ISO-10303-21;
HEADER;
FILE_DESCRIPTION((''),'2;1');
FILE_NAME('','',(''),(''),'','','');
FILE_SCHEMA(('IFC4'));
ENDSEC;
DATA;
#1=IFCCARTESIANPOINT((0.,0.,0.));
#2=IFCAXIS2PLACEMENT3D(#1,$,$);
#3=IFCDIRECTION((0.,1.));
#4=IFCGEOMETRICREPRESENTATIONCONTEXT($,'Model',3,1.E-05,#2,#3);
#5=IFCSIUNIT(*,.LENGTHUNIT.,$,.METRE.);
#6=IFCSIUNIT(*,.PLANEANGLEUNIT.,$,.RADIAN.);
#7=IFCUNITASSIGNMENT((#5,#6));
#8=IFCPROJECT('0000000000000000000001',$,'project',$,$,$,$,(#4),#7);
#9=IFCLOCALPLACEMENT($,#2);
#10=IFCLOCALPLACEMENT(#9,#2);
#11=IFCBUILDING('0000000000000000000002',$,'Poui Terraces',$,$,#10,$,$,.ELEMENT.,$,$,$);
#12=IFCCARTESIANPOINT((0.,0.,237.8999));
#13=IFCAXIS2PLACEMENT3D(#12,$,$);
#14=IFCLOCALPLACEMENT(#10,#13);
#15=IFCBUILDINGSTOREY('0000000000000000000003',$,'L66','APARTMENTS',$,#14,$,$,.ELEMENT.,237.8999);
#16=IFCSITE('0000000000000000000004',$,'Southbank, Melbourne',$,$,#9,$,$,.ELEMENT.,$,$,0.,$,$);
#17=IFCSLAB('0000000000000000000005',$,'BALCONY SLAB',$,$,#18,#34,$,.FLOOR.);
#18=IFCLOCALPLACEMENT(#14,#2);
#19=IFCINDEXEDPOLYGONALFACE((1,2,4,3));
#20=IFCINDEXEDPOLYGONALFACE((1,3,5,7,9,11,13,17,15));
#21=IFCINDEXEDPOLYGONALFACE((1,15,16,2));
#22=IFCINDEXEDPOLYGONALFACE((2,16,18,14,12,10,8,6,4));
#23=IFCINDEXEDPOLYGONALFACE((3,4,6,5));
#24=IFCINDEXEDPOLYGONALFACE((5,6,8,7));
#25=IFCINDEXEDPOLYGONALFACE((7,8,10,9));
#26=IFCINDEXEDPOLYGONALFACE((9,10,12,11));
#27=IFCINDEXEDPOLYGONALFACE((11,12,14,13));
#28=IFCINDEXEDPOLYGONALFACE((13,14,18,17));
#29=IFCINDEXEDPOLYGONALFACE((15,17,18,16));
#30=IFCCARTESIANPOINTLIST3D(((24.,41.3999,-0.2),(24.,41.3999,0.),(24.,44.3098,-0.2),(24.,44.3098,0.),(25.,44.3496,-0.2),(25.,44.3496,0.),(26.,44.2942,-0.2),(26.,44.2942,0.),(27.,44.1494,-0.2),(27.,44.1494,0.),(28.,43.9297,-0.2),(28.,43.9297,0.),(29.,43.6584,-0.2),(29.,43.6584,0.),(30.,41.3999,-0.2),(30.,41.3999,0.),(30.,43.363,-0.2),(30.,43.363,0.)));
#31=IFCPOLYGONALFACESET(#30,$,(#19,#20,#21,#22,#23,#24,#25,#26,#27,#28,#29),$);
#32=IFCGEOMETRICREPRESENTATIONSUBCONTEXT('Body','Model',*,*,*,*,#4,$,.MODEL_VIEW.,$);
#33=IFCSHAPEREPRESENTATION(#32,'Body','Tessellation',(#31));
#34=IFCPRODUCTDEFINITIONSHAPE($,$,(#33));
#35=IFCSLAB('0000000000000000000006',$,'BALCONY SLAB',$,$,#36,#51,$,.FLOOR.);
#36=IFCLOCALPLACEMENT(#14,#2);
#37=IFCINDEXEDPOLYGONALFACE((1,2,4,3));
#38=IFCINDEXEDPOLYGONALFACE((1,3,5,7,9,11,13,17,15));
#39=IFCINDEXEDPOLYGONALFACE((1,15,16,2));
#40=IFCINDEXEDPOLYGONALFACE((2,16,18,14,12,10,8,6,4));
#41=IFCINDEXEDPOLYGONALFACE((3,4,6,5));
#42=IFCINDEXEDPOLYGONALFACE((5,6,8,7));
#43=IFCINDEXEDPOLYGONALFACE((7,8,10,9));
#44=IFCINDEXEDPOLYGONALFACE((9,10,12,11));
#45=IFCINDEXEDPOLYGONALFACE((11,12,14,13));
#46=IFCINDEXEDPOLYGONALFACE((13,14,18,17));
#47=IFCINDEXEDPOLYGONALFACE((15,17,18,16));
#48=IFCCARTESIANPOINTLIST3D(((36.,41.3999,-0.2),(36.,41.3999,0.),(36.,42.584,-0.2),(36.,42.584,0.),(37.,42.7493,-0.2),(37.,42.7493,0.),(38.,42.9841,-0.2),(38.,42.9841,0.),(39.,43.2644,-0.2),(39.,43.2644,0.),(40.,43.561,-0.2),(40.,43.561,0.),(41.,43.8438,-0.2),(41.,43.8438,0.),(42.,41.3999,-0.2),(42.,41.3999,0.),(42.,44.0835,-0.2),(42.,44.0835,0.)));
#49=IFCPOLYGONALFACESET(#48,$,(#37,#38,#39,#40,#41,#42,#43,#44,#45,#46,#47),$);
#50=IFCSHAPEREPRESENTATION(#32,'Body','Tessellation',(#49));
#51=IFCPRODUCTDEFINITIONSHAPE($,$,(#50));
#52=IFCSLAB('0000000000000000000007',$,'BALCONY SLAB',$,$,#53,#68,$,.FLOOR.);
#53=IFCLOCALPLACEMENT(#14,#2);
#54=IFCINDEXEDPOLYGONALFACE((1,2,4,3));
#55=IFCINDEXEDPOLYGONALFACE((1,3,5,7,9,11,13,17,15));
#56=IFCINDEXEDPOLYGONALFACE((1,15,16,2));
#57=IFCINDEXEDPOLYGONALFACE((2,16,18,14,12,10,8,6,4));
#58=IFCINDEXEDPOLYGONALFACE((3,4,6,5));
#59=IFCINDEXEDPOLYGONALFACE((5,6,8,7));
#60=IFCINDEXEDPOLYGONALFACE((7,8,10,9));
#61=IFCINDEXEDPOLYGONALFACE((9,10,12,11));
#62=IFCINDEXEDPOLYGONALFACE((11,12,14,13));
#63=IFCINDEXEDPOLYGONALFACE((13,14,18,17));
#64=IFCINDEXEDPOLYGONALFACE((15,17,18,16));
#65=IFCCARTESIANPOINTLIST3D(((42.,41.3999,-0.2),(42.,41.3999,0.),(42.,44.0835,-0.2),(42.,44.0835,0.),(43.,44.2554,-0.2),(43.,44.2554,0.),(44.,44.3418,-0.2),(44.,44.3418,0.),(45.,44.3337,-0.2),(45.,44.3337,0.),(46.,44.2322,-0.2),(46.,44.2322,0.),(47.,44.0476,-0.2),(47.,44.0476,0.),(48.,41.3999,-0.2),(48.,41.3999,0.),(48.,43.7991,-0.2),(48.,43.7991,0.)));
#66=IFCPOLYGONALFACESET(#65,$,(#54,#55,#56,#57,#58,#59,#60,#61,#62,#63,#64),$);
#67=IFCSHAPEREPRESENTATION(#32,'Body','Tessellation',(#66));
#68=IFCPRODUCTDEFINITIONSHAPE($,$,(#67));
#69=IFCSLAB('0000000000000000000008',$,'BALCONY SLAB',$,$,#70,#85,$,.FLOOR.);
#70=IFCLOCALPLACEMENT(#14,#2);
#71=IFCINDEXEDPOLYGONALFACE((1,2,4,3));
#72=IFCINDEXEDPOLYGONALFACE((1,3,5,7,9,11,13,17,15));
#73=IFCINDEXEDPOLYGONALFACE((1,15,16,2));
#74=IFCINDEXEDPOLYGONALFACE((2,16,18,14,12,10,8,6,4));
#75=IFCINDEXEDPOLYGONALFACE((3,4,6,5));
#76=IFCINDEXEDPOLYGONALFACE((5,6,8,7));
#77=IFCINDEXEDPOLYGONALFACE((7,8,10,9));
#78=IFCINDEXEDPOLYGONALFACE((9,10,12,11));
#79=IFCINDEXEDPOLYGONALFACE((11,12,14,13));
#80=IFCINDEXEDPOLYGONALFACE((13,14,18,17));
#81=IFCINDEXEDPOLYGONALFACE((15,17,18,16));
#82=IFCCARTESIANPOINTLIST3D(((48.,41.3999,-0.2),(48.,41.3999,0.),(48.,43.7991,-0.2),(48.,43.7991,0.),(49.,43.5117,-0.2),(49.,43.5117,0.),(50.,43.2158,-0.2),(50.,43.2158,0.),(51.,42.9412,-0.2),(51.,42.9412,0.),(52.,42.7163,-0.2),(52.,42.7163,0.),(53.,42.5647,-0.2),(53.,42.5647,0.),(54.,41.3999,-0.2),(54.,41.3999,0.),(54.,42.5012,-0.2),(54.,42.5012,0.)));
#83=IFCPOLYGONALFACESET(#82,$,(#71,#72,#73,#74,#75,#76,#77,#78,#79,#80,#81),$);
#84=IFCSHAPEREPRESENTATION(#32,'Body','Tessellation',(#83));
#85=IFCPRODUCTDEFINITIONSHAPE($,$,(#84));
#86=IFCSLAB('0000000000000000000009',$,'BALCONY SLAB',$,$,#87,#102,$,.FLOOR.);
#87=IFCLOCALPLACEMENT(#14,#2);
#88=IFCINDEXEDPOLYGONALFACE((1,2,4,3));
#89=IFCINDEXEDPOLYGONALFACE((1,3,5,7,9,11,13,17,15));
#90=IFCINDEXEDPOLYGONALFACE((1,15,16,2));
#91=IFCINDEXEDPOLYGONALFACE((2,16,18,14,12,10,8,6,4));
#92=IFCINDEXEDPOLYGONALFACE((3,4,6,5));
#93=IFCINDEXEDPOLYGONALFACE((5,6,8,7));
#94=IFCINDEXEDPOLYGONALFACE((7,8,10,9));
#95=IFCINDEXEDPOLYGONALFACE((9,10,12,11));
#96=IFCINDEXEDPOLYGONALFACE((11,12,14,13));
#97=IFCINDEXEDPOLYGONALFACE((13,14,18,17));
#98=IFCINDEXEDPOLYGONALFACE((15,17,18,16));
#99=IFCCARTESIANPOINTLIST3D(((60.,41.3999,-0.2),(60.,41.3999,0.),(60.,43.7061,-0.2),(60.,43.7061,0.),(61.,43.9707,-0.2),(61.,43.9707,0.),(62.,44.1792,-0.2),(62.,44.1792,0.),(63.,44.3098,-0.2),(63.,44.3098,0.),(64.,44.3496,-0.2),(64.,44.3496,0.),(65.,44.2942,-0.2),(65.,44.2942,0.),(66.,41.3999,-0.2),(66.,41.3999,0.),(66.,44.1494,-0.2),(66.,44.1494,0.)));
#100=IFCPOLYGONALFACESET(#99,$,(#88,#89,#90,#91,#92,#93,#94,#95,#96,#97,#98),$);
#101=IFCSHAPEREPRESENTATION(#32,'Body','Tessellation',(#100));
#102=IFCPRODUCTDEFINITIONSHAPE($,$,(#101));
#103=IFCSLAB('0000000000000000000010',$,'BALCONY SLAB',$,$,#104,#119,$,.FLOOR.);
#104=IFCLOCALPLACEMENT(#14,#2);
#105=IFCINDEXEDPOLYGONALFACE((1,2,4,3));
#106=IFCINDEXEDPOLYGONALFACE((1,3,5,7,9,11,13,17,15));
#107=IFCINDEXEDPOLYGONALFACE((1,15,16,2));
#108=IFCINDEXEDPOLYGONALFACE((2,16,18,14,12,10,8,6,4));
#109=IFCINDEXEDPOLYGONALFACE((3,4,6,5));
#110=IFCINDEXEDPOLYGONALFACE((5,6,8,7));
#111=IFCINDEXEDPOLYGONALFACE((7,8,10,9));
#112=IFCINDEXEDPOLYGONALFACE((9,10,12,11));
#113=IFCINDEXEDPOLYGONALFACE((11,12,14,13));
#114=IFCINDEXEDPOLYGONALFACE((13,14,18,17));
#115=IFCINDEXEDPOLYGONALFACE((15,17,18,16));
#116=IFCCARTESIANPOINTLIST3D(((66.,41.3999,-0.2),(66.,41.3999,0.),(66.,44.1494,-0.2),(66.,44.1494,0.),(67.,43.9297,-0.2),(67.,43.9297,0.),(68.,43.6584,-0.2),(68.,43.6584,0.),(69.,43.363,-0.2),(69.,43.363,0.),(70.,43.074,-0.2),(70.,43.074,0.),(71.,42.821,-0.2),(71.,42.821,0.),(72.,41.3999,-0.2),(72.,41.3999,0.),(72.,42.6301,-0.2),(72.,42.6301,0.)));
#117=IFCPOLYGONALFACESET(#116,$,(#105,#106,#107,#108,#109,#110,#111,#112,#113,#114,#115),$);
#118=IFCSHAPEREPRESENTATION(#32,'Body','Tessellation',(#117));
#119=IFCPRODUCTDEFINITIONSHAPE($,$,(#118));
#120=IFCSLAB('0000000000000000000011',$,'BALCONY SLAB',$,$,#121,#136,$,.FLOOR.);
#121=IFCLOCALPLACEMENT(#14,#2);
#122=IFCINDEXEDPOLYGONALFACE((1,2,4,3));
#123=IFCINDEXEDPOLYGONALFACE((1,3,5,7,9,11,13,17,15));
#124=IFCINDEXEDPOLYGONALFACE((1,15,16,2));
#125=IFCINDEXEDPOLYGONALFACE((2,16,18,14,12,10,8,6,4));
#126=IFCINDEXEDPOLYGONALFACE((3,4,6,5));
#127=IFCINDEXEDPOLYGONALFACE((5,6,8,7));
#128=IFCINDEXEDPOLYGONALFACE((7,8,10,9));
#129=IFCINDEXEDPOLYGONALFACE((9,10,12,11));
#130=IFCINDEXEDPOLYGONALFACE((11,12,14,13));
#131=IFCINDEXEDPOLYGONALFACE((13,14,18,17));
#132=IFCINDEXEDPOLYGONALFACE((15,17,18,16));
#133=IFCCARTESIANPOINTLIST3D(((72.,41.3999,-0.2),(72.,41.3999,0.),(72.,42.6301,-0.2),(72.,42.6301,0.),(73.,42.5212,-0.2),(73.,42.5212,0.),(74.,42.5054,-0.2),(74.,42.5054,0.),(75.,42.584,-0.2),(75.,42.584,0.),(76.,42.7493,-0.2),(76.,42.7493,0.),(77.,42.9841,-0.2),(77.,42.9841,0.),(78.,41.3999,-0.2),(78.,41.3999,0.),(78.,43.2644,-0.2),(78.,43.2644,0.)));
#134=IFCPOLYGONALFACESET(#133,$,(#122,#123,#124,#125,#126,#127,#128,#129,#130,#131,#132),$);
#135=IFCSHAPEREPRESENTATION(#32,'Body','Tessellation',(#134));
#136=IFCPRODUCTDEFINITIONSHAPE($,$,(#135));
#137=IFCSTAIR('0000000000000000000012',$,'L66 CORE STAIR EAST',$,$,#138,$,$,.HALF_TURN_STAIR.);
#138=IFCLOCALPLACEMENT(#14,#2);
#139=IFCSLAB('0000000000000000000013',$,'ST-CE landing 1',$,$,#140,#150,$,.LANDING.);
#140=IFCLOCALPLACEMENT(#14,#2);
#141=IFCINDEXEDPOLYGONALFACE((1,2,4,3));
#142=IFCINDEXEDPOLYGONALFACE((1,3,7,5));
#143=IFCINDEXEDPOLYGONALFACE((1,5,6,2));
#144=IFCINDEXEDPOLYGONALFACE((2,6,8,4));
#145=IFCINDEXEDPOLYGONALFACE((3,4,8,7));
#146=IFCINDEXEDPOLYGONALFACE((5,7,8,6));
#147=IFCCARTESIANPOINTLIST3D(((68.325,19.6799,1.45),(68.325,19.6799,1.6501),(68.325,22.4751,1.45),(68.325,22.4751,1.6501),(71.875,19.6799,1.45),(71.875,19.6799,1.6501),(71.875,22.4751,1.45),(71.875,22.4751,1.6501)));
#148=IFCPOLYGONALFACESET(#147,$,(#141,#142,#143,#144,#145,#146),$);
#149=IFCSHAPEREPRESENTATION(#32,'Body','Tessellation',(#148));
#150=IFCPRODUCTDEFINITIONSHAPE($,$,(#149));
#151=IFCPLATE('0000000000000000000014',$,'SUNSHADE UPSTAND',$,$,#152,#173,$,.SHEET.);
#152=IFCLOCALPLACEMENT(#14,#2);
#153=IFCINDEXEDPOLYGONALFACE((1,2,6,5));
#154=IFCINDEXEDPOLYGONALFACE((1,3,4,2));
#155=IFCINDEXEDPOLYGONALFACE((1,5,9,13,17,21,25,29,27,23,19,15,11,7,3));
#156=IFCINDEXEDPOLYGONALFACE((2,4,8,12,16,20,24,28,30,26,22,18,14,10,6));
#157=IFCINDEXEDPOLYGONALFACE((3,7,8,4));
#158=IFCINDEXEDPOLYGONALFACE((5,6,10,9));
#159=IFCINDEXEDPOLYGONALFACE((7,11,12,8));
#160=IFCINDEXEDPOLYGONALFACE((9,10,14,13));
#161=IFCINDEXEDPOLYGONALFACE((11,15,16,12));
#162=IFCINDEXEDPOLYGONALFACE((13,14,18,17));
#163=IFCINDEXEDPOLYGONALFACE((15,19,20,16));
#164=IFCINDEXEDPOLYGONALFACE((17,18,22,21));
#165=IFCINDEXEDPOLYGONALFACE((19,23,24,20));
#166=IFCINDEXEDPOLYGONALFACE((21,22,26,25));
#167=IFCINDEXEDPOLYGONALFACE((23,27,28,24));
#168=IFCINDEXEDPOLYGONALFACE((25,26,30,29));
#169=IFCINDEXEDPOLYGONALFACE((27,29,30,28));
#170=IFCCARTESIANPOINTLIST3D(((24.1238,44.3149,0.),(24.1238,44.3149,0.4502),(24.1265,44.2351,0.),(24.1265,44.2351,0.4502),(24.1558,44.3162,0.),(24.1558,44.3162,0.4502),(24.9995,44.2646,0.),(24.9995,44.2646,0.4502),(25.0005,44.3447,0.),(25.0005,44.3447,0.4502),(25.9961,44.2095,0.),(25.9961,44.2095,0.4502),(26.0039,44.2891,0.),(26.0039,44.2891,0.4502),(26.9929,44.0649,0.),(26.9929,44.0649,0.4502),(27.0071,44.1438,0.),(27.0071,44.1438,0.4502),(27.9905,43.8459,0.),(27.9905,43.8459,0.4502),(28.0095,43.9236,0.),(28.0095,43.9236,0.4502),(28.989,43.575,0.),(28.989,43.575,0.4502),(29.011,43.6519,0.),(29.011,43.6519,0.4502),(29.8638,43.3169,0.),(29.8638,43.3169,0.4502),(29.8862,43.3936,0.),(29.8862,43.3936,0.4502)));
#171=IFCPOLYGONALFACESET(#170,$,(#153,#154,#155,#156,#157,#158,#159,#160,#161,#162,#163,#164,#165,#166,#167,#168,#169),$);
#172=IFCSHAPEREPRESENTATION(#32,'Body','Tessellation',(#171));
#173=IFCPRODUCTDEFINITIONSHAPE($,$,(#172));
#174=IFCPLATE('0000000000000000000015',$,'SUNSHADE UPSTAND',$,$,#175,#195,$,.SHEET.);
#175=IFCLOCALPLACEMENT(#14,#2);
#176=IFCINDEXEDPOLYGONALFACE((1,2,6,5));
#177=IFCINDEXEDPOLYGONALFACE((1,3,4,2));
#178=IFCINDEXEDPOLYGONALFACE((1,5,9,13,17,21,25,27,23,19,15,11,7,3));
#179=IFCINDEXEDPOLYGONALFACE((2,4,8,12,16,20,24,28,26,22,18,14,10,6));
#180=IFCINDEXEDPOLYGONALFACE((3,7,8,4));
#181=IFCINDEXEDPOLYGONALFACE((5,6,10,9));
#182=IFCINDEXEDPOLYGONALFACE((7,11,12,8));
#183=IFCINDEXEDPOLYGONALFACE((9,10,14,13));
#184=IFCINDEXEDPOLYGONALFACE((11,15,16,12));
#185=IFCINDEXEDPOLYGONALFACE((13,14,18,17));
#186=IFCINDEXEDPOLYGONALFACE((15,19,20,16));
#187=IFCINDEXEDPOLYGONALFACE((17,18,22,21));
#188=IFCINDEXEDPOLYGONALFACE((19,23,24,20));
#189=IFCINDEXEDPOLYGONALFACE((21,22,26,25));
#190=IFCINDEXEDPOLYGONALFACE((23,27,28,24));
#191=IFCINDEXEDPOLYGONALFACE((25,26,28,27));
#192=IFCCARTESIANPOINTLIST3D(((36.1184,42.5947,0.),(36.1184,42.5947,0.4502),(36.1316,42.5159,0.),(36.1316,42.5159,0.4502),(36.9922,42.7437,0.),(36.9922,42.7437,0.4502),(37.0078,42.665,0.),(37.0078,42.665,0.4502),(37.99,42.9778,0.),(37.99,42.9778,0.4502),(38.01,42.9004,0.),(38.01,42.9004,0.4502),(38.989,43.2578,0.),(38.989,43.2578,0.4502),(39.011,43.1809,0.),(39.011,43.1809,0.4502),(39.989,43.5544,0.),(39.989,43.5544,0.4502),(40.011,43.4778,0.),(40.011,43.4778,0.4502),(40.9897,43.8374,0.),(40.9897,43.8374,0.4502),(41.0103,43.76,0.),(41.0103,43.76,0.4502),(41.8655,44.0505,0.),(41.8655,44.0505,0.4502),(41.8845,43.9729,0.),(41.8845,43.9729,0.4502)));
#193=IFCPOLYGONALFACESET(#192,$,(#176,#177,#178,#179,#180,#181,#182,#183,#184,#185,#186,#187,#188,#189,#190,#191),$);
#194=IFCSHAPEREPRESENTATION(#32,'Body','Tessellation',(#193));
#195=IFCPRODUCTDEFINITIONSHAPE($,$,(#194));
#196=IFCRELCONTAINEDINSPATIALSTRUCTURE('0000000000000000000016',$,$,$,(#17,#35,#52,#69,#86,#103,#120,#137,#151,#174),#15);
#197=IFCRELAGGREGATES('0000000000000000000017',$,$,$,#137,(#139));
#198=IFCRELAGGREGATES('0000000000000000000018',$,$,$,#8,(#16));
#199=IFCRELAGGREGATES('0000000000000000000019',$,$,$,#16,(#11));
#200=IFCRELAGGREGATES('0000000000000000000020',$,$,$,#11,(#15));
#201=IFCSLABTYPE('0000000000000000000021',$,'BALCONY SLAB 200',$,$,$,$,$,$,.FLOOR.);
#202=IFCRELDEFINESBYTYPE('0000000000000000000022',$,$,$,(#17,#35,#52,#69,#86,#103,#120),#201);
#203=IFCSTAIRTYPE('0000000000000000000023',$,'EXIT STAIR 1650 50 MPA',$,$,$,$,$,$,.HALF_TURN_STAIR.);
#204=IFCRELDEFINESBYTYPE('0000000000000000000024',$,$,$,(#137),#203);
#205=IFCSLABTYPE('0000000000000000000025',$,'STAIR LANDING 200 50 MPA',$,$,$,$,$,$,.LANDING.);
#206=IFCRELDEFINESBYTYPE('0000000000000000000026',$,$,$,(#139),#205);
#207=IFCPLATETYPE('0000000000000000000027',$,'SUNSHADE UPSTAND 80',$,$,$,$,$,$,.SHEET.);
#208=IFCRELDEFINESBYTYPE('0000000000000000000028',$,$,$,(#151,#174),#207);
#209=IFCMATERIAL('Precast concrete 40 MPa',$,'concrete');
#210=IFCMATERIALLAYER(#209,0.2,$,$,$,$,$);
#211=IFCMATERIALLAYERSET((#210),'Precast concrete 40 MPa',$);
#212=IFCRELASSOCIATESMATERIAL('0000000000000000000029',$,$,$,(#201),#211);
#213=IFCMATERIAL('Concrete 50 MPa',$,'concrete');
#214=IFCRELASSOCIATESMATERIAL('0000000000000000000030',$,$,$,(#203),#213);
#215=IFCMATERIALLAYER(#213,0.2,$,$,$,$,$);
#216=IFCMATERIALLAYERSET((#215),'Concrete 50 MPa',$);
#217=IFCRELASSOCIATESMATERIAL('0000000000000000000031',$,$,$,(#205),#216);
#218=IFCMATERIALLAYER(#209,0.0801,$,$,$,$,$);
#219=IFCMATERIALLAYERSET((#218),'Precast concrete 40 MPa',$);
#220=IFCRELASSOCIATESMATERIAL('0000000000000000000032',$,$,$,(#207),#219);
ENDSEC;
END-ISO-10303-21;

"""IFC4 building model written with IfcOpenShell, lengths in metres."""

from ifc_helpers import new_model, si_unit, direction, frame, origin, place, context, subcontext, project, spatial, polyline, outline, extrude, material, layer, layer_set, type_object, element, aggregate, save


model = new_model("IFC4")

# Units and contexts
model_context = context("Model", 3, precision=1e-05, world=origin(), true_north=direction((0.0, 1.0)))
body_context = subcontext(model_context, "Body", "Model", "MODEL_VIEW")
ifc_project = project(units=[si_unit("LENGTHUNIT", "METRE"), si_unit("PLANEANGLEUNIT", "RADIAN")], contexts=[model_context])

# Site, building, storey
site_placement = place(None, origin())
site = spatial("IfcSite", under=ifc_project, at=site_placement, Name="Southbank, Melbourne", CompositionType="ELEMENT", RefElevation=0.0)
building_placement = place(site_placement, origin())
building = spatial("IfcBuilding", under=site, at=building_placement, Name="Poui Terraces", CompositionType="ELEMENT")
storey_placement = place(building_placement, frame((0.0, 0.0, 237.8999)))
storey = spatial("IfcBuildingStorey", under=building, at=storey_placement, Name="L66", Description="APARTMENTS", CompositionType="ELEMENT", Elevation=237.8999)

# Slabs
ifc_material_1 = material(Name="Precast concrete 40 MPa", Category="concrete")
ifc_layer_1 = layer(ifc_material_1, 0.2)
ifc_layer_set_1 = layer_set([ifc_layer_1], Name="Precast concrete 40 MPa")
slab_type_1 = type_object("IfcSlabType", Name="BALCONY SLAB 200", PredefinedType="FLOOR", material=ifc_layer_set_1)
slab_1_placement = place(storey_placement, frame((0.0, 0.0, -0.2)))
element("IfcSlab", 1, at=slab_1_placement, inside=storey, type_object=slab_type_1, Name="BALCONY SLAB", PredefinedType="FLOOR", context=body_context, shape_type="SweptSolid", body=[
    extrude(outline(polyline([(24.0, 41.3999), (30.0, 41.3999), (30.0, 43.363), (29.0, 43.6584), (28.0, 43.9297), (27.0, 44.1494), (26.0, 44.2942), (25.0, 44.3496), (24.0, 44.3098), (24.0, 41.3999)])), origin(), (0.0, 0.0, 1.0), 0.2),
])
slab_2_placement = place(storey_placement, frame((0.0, 0.0, -0.2)))
element("IfcSlab", 2, at=slab_2_placement, inside=storey, type_object=slab_type_1, Name="BALCONY SLAB", PredefinedType="FLOOR", context=body_context, shape_type="SweptSolid", body=[
    extrude(outline(polyline([(36.0, 41.3999), (42.0, 41.3999), (42.0, 44.0835), (41.0, 43.8438), (40.0, 43.561), (39.0, 43.2644), (38.0, 42.9841), (37.0, 42.7493), (36.0, 42.584), (36.0, 41.3999)])), origin(), (0.0, 0.0, 1.0), 0.2),
])
slab_3_placement = place(storey_placement, frame((0.0, 0.0, -0.2)))
element("IfcSlab", 3, at=slab_3_placement, inside=storey, type_object=slab_type_1, Name="BALCONY SLAB", PredefinedType="FLOOR", context=body_context, shape_type="SweptSolid", body=[
    extrude(outline(polyline([(42.0, 41.3999), (48.0, 41.3999), (48.0, 43.7991), (47.0, 44.0476), (46.0, 44.2322), (45.0, 44.3337), (44.0, 44.3418), (43.0, 44.2554), (42.0, 44.0835), (42.0, 41.3999)])), origin(), (0.0, 0.0, 1.0), 0.2),
])
slab_4_placement = place(storey_placement, frame((0.0, 0.0, -0.2)))
element("IfcSlab", 4, at=slab_4_placement, inside=storey, type_object=slab_type_1, Name="BALCONY SLAB", PredefinedType="FLOOR", context=body_context, shape_type="SweptSolid", body=[
    extrude(outline(polyline([(48.0, 41.3999), (54.0, 41.3999), (54.0, 42.5012), (53.0, 42.5647), (52.0, 42.7163), (51.0, 42.9412), (50.0, 43.2158), (49.0, 43.5117), (48.0, 43.7991), (48.0, 41.3999)])), origin(), (0.0, 0.0, 1.0), 0.2),
])
slab_5_placement = place(storey_placement, frame((0.0, 0.0, -0.2)))
element("IfcSlab", 5, at=slab_5_placement, inside=storey, type_object=slab_type_1, Name="BALCONY SLAB", PredefinedType="FLOOR", context=body_context, shape_type="SweptSolid", body=[
    extrude(outline(polyline([(60.0, 41.3999), (66.0, 41.3999), (66.0, 44.1494), (65.0, 44.2942), (64.0, 44.3496), (63.0, 44.3098), (62.0, 44.1792), (61.0, 43.9707), (60.0, 43.7061), (60.0, 41.3999)])), origin(), (0.0, 0.0, 1.0), 0.2),
])
slab_6_placement = place(storey_placement, frame((0.0, 0.0, -0.2)))
element("IfcSlab", 6, at=slab_6_placement, inside=storey, type_object=slab_type_1, Name="BALCONY SLAB", PredefinedType="FLOOR", context=body_context, shape_type="SweptSolid", body=[
    extrude(outline(polyline([(66.0, 41.3999), (72.0, 41.3999), (72.0, 42.6301), (71.0, 42.821), (70.0, 43.074), (69.0, 43.363), (68.0, 43.6584), (67.0, 43.9297), (66.0, 44.1494), (66.0, 41.3999)])), origin(), (0.0, 0.0, 1.0), 0.2),
])
slab_7_placement = place(storey_placement, frame((0.0, 0.0, -0.2)))
element("IfcSlab", 7, at=slab_7_placement, inside=storey, type_object=slab_type_1, Name="BALCONY SLAB", PredefinedType="FLOOR", context=body_context, shape_type="SweptSolid", body=[
    extrude(outline(polyline([(72.0, 41.3999), (78.0, 41.3999), (78.0, 43.2644), (77.0, 42.9841), (76.0, 42.7493), (75.0, 42.584), (74.0, 42.5054), (73.0, 42.5212), (72.0, 42.6301), (72.0, 41.3999)])), origin(), (0.0, 0.0, 1.0), 0.2),
])

# Stair, slab
ifc_material_2 = material(Name="Concrete 50 MPa", Category="concrete")
stair_type = type_object("IfcStairType", Name="EXIT STAIR 1650 50 MPA", PredefinedType="HALF_TURN_STAIR", material=ifc_material_2)
stair_placement = place(storey_placement, origin())
stair = element("IfcStair", 8, at=stair_placement, inside=storey, type_object=stair_type, Name="L66 CORE STAIR EAST", PredefinedType="HALF_TURN_STAIR")
ifc_layer_2 = layer(ifc_material_2, 0.2)
ifc_layer_set_2 = layer_set([ifc_layer_2], Name="Concrete 50 MPa")
slab_type_2 = type_object("IfcSlabType", Name="STAIR LANDING 200 50 MPA", PredefinedType="LANDING", material=ifc_layer_set_2)
slab_8_placement = place(storey_placement, frame((0.0, 0.0, 1.45)))
slab_8 = element("IfcSlab", 9, at=slab_8_placement, type_object=slab_type_2, Name="ST-CE landing 1", PredefinedType="LANDING", context=body_context, shape_type="SweptSolid", body=[
    extrude(outline(polyline([(68.325, 19.6799), (71.875, 19.6799), (71.875, 22.4751), (68.325, 22.4751), (68.325, 19.6799)])), origin(), (0.0, 0.0, 1.0), 0.2002),
])
aggregate(stair, [slab_8])

# Plates
ifc_layer_3 = layer(ifc_material_1, 0.0801)
ifc_layer_set_3 = layer_set([ifc_layer_3], Name="Precast concrete 40 MPa")
plate_type = type_object("IfcPlateType", Name="SUNSHADE UPSTAND 80", PredefinedType="SHEET", material=ifc_layer_set_3)
plate_1_placement = place(storey_placement, origin())
element("IfcPlate", 10, at=plate_1_placement, inside=storey, type_object=plate_type, Name="SUNSHADE UPSTAND", PredefinedType="SHEET", context=body_context, shape_type="SweptSolid", body=[
    extrude(outline(polyline([(25.0005, 44.3447), (24.1558, 44.3162), (24.1238, 44.3149), (24.1265, 44.2351), (24.9995, 44.2646), (25.9961, 44.2095), (26.9929, 44.0649), (27.9905, 43.8459), (28.989, 43.575), (29.8638, 43.3169), (29.8862, 43.3936), (29.011, 43.6519), (28.0095, 43.9236), (27.0071, 44.1438), (26.0039, 44.2891), (25.0005, 44.3447)])), origin(), (0.0, 0.0, 1.0), 0.4502),
])
plate_2_placement = place(storey_placement, origin())
element("IfcPlate", 11, at=plate_2_placement, inside=storey, type_object=plate_type, Name="SUNSHADE UPSTAND", PredefinedType="SHEET", context=body_context, shape_type="SweptSolid", body=[
    extrude(outline(polyline([(36.9922, 42.7437), (36.1184, 42.5947), (36.1316, 42.5159), (37.0078, 42.665), (38.01, 42.9004), (39.011, 43.1809), (40.011, 43.4778), (41.0103, 43.76), (41.8845, 43.9729), (41.8655, 44.0505), (40.9897, 43.8374), (39.989, 43.5544), (38.989, 43.2578), (37.99, 42.9778), (36.9922, 42.7437)])), origin(), (0.0, 0.0, 1.0), 0.4502),
])

save(model, "model.ifc")
